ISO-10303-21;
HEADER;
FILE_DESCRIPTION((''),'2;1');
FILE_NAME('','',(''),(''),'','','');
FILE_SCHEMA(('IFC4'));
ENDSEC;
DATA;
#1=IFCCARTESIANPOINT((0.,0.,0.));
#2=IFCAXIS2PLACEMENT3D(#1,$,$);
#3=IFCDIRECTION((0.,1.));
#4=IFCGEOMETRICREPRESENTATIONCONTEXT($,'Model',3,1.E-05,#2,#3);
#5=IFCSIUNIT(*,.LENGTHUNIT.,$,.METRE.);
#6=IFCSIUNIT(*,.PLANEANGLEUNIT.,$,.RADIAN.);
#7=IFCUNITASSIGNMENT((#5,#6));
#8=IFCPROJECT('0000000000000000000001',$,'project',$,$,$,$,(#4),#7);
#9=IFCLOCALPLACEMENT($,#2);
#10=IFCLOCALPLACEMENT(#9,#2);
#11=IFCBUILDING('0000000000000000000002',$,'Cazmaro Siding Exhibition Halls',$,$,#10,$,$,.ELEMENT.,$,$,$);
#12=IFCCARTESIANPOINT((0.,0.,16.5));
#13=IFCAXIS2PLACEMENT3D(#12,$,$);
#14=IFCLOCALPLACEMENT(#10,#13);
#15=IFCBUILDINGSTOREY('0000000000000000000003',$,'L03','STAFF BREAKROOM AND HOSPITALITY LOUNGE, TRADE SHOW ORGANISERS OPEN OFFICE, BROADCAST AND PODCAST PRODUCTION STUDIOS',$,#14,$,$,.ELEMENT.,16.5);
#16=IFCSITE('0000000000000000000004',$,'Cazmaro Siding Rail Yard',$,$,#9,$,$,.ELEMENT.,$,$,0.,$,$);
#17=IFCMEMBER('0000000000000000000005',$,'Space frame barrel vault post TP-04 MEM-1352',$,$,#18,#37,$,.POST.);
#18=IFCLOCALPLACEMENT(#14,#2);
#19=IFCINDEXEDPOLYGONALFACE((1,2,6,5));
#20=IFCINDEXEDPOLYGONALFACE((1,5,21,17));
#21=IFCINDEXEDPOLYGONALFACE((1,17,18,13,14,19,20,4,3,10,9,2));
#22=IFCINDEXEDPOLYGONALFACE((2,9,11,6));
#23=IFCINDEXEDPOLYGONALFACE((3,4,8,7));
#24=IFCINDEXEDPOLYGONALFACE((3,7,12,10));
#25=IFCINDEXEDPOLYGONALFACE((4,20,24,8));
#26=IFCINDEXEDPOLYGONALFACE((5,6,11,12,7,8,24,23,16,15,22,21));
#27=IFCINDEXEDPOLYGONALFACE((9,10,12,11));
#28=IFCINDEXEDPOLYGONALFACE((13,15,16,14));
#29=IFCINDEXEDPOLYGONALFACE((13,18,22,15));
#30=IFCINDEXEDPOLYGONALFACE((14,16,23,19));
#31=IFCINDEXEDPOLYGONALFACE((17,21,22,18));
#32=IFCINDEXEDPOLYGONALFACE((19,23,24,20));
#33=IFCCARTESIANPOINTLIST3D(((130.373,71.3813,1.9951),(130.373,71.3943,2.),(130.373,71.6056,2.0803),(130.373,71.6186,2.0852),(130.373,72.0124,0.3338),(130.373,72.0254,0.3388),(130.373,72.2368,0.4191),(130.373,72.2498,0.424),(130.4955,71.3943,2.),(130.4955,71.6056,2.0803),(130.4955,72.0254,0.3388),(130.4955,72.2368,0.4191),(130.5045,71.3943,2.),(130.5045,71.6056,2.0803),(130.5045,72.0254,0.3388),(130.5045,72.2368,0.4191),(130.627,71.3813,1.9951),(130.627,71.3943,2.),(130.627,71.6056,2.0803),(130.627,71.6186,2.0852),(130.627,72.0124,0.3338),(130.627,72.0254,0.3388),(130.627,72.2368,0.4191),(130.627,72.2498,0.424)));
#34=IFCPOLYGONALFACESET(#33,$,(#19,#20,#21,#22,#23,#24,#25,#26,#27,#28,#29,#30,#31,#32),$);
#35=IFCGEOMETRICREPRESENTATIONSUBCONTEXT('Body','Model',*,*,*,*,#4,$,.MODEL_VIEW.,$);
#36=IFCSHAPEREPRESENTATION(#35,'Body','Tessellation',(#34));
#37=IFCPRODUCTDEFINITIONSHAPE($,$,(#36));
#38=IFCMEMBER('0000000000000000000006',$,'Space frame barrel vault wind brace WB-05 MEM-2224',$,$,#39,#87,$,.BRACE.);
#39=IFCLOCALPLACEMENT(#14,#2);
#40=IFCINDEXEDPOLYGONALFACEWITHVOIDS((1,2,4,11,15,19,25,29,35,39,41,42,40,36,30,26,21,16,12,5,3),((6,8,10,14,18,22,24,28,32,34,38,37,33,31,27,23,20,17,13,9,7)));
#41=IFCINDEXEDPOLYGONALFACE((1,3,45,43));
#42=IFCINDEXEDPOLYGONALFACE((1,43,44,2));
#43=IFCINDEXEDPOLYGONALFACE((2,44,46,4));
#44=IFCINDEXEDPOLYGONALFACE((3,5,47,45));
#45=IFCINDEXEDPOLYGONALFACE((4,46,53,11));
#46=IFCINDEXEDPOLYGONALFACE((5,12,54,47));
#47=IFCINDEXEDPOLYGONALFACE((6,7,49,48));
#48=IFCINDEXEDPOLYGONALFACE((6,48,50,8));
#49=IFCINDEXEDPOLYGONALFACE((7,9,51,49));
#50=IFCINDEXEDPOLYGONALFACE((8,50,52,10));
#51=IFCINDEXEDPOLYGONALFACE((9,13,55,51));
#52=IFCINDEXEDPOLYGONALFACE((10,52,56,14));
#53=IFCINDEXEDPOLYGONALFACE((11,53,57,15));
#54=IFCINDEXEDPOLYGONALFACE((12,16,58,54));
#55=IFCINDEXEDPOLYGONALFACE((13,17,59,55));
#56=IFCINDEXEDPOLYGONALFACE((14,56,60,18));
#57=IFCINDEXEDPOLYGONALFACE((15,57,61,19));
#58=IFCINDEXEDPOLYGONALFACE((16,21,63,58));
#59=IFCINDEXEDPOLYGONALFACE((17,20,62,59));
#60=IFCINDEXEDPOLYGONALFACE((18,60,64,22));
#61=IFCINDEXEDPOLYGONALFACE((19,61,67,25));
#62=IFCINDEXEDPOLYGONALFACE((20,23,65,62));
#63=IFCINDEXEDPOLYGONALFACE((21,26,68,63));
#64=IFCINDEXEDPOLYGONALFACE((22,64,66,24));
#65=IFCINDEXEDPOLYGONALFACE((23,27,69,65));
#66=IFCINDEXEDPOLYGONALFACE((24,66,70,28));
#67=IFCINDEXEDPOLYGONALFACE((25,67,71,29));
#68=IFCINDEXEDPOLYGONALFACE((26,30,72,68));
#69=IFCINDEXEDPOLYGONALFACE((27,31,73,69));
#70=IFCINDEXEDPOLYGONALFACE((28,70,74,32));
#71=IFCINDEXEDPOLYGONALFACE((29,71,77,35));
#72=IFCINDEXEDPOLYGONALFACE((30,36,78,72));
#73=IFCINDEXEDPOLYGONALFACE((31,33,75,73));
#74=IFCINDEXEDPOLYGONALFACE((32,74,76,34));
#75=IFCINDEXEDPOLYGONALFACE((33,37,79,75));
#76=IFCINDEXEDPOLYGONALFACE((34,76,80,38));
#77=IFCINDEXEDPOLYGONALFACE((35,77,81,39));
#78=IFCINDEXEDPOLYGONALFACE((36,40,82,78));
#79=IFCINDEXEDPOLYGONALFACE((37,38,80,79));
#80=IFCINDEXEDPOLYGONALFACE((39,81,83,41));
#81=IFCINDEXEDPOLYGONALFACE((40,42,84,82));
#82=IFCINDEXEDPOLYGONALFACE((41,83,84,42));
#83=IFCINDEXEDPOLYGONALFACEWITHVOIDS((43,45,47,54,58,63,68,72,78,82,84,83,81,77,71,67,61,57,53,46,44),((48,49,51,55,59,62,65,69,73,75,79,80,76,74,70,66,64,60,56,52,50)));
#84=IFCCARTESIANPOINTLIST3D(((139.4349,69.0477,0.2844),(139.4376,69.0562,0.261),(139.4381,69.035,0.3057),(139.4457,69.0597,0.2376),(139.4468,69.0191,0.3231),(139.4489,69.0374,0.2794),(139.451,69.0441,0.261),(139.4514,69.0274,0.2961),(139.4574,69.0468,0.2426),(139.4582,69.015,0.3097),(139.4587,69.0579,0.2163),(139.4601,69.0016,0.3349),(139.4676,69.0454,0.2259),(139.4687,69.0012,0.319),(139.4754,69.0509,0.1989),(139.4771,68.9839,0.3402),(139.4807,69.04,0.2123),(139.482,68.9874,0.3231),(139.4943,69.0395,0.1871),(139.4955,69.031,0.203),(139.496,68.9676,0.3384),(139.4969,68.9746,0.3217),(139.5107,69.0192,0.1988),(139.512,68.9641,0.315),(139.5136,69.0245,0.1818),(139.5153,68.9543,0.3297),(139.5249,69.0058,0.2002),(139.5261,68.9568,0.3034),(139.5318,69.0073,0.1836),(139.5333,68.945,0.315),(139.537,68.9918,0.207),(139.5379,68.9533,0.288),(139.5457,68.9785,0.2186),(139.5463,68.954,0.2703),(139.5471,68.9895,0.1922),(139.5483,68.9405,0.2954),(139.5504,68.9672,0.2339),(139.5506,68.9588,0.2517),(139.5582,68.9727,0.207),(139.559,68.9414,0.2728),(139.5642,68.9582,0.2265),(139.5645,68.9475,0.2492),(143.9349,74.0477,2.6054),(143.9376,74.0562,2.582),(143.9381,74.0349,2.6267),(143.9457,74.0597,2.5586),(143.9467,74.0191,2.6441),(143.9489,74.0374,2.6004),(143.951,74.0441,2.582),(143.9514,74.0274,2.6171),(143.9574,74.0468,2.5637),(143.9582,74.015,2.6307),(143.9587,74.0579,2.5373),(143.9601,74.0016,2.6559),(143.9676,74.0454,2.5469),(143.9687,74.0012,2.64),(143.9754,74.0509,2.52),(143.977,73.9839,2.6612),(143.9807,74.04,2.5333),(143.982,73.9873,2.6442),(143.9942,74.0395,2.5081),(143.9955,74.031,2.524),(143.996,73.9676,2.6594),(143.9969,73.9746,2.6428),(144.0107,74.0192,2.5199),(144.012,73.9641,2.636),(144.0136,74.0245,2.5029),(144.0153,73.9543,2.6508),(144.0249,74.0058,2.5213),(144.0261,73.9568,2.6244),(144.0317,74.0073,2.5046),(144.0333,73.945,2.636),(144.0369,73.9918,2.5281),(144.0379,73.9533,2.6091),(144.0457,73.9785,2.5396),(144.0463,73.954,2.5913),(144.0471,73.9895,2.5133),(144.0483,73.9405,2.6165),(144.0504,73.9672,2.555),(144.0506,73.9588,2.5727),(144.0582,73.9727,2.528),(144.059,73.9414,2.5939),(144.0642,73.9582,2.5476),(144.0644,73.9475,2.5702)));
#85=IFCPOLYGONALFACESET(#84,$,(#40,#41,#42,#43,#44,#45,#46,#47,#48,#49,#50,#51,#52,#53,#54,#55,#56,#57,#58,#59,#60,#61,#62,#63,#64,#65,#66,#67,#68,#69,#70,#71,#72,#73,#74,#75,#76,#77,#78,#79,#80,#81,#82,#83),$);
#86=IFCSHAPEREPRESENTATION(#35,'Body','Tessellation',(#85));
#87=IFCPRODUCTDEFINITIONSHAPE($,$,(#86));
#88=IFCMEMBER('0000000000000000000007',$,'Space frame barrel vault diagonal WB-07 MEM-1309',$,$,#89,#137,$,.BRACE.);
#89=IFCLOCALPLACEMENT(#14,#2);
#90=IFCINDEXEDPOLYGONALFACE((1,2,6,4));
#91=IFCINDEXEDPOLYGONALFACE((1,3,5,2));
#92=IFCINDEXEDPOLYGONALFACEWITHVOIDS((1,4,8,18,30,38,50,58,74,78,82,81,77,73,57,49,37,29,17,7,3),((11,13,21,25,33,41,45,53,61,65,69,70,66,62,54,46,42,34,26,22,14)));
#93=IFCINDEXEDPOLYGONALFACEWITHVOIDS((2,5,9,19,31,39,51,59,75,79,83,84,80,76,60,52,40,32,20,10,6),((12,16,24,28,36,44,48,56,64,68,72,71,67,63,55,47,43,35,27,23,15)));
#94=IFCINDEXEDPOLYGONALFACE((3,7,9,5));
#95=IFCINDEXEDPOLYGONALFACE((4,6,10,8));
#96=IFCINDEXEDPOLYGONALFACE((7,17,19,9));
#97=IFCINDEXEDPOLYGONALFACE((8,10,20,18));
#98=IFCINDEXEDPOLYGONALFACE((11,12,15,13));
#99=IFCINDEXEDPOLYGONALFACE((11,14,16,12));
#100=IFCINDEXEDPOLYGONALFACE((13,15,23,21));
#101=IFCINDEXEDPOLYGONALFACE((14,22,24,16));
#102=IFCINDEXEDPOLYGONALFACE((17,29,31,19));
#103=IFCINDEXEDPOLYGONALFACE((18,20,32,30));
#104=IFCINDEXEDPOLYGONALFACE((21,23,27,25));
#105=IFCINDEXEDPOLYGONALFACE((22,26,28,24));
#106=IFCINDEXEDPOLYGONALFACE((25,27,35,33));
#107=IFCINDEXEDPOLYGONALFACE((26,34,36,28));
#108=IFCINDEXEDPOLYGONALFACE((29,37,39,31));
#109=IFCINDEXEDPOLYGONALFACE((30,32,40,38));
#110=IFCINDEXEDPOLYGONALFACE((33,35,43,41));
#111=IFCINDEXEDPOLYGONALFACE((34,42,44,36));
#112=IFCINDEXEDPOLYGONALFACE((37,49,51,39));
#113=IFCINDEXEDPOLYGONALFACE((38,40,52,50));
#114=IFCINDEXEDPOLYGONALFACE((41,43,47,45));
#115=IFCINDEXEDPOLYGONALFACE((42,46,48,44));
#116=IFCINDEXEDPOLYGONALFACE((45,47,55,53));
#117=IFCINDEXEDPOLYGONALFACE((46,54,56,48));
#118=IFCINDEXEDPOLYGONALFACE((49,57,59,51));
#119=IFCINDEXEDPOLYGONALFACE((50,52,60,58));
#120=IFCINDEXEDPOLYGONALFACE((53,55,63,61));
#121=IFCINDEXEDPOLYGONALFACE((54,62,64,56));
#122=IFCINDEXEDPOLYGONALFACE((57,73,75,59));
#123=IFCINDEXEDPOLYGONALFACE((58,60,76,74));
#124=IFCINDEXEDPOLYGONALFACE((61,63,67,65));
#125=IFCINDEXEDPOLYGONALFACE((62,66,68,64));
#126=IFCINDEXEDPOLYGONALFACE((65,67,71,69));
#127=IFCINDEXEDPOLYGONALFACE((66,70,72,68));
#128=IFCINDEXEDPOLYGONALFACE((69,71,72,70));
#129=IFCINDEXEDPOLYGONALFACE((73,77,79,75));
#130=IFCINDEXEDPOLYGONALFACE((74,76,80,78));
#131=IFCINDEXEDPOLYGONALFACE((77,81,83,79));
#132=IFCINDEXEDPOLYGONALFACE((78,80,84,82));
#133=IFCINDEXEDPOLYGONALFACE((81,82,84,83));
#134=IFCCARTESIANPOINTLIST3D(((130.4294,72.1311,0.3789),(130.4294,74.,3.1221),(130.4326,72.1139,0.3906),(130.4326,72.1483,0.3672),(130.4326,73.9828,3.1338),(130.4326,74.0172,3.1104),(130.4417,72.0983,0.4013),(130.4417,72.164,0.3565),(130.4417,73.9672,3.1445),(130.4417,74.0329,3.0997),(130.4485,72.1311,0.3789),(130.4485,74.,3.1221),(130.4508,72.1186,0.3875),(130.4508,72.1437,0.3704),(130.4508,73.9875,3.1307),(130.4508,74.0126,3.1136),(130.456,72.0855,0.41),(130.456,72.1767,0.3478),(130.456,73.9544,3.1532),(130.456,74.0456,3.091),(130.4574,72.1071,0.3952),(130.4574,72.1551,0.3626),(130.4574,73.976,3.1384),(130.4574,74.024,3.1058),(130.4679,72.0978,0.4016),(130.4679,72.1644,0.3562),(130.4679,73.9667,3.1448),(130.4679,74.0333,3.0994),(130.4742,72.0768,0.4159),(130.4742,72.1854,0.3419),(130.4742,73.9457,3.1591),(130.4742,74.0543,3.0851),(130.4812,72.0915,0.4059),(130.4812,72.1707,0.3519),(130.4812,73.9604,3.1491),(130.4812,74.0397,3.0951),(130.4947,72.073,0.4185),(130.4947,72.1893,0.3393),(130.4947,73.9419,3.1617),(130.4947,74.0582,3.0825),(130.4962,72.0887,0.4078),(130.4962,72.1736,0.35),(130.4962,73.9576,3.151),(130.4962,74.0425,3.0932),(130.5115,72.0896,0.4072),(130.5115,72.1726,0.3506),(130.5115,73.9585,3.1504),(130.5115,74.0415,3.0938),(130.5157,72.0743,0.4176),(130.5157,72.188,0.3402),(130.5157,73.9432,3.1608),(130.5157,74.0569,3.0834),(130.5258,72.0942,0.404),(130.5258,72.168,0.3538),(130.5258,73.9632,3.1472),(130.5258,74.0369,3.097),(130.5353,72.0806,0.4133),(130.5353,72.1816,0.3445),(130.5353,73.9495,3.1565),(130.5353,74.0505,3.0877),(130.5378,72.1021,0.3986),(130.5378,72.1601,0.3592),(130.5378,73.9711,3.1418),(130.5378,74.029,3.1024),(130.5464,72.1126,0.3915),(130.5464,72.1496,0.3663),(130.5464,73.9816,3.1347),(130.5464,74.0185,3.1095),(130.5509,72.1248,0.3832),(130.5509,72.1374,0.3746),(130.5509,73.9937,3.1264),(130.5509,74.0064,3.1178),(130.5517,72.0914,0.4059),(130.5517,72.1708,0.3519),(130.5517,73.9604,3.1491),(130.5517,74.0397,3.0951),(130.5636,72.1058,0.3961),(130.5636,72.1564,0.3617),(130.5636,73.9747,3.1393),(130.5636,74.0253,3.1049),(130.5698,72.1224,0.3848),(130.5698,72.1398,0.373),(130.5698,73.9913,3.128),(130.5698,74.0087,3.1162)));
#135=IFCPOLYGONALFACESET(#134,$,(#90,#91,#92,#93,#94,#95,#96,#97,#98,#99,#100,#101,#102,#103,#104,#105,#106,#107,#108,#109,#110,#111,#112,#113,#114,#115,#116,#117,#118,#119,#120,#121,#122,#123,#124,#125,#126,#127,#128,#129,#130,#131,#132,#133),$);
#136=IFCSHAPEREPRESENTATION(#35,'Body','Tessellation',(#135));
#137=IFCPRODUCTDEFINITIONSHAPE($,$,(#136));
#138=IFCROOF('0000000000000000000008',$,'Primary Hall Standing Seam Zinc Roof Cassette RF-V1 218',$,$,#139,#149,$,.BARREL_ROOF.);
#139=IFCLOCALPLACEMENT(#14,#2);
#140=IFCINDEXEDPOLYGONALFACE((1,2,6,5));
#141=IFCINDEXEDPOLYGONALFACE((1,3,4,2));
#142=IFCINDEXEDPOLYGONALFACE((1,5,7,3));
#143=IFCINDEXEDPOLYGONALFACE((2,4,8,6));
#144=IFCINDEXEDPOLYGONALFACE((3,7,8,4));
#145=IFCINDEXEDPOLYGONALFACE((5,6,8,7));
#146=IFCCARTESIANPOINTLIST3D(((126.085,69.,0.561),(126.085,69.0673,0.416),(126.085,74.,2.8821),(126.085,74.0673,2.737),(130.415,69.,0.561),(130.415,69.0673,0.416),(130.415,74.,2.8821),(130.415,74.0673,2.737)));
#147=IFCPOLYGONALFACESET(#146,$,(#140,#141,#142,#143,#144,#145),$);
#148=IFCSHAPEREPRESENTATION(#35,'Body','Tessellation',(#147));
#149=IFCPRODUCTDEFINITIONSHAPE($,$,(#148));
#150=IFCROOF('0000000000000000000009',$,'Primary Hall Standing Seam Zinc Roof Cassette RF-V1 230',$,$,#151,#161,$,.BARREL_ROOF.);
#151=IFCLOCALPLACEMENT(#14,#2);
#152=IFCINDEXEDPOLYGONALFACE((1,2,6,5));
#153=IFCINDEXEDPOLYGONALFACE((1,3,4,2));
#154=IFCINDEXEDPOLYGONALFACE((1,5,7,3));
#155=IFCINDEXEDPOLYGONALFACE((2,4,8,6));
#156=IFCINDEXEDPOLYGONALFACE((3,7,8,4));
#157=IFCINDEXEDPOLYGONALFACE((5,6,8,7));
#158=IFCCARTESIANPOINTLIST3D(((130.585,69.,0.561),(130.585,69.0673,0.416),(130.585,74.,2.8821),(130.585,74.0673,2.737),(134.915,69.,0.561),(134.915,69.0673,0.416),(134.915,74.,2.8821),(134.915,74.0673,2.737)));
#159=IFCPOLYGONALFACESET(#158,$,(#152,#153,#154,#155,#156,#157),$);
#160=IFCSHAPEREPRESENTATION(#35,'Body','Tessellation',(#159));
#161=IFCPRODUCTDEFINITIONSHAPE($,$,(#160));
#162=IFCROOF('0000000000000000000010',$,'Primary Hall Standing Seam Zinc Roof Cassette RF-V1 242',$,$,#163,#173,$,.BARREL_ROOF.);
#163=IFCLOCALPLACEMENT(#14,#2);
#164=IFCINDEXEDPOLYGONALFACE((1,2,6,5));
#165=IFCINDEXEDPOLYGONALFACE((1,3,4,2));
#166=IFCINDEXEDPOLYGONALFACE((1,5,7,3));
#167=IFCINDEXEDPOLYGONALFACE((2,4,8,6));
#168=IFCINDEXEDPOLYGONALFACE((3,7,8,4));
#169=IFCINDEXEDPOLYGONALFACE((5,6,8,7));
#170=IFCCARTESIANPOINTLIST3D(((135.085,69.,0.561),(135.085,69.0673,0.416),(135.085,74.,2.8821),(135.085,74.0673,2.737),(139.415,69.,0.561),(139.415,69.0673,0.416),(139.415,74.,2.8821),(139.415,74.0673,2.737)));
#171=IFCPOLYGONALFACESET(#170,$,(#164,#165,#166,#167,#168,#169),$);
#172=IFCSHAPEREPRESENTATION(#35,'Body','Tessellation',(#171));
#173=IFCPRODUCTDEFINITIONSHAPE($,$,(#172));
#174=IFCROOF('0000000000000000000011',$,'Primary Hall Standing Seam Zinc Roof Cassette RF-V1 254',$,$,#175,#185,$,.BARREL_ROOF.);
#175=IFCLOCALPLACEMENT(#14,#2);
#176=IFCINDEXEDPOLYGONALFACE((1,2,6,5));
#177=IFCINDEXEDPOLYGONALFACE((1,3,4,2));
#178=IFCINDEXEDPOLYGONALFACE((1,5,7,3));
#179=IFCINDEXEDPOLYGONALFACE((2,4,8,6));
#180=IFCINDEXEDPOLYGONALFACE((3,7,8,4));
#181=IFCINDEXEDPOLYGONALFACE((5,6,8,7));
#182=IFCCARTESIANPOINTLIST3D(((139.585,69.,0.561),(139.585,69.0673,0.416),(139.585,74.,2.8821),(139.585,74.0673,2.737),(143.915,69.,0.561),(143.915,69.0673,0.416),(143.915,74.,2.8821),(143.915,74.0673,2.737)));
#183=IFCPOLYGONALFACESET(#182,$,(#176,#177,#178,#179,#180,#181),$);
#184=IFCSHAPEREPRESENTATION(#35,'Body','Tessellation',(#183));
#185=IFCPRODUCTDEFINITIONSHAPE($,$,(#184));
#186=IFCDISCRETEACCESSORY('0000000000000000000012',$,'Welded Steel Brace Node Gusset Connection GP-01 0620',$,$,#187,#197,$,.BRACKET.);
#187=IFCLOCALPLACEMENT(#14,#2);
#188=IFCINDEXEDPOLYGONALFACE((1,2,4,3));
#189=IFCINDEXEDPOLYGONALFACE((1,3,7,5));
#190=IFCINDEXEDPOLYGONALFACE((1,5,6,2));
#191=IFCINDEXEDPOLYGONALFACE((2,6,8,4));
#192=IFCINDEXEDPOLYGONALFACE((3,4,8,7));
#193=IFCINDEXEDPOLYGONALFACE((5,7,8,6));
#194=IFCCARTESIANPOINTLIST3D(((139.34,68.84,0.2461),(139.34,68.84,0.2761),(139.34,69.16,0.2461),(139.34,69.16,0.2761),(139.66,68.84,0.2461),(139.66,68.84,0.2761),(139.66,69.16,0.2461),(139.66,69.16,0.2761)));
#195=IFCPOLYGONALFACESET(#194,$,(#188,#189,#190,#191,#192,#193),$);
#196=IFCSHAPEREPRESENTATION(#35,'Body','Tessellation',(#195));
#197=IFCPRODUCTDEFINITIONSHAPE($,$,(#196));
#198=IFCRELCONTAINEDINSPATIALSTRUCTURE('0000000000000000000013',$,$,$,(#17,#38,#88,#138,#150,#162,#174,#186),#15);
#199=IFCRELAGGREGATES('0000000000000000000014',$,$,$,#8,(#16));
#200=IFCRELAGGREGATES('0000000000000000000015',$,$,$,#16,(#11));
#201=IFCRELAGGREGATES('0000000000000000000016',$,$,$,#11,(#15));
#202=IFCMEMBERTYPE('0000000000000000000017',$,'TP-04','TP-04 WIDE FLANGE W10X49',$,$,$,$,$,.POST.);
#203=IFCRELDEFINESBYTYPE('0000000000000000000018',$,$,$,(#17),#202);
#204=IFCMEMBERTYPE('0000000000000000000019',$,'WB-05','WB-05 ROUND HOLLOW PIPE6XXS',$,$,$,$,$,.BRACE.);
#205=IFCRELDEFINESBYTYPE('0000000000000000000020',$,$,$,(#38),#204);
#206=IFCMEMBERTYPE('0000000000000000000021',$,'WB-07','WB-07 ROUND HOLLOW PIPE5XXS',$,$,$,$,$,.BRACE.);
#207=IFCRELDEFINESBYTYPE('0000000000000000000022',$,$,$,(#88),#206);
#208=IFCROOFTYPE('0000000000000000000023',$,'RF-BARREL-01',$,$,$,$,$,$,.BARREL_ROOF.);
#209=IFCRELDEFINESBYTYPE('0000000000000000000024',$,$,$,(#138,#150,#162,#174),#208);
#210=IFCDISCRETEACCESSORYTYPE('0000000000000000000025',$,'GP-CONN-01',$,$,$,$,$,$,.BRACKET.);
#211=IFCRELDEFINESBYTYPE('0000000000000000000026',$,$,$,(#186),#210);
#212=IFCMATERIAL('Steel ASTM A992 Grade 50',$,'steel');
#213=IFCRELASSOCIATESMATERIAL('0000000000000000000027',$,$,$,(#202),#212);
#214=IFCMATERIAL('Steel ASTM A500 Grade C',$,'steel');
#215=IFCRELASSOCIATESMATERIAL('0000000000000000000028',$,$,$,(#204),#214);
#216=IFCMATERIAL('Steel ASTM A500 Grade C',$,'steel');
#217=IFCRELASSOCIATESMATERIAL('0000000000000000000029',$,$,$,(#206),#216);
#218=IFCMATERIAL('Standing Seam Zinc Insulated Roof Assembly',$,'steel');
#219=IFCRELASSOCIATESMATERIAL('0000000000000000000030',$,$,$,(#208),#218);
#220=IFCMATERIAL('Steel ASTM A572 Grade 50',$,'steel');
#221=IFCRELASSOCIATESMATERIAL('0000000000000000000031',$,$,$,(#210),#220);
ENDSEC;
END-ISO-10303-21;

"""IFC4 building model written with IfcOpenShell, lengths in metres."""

from ifc_helpers import new_model, si_unit, direction, frame, origin, origin_2d, place, context, subcontext, project, spatial, polyline, rectangle, hollow_circle, i_section, outline, extrude, material, material_profile, profile_set, type_object, element, save


model = new_model("IFC4")

# Units and contexts
model_context = context("Model", 3, precision=1e-05, world=origin(), true_north=direction((0.0, 1.0)))
body_context = subcontext(model_context, "Body", "Model", "MODEL_VIEW")
ifc_project = project(units=[si_unit("LENGTHUNIT", "METRE"), si_unit("PLANEANGLEUNIT", "RADIAN")], contexts=[model_context])

# Site, building, storey
site_placement = place(None, origin())
site = spatial("IfcSite", under=ifc_project, at=site_placement, Name="Cazmaro Siding Rail Yard", CompositionType="ELEMENT", RefElevation=0.0)
building_placement = place(site_placement, origin())
building = spatial("IfcBuilding", under=site, at=building_placement, Name="Cazmaro Siding Exhibition Halls", CompositionType="ELEMENT")
storey_placement = place(building_placement, frame((0.0, 0.0, 16.5)))
storey = spatial("IfcBuildingStorey", under=building, at=storey_placement, Name="L03", Description="STAFF BREAKROOM AND HOSPITALITY LOUNGE, TRADE SHOW ORGANISERS OPEN OFFICE, BROADCAST AND PODCAST PRODUCTION STUDIOS", CompositionType="ELEMENT", Elevation=16.5)

# Members
ifc_material_1 = material(Name="Steel ASTM A992 Grade 50", Category="steel")
ifc_material_profile_1 = material_profile(ifc_material_1, i_section(OverallWidth=0.2539, OverallDepth=0.2539, WebThickness=0.009, FlangeThickness=0.0139, at=origin_2d()), Name="W10X49")
ifc_profile_set_1 = profile_set([ifc_material_profile_1], Name="Steel ASTM A992 Grade 50")
member_type_1 = type_object("IfcMemberType", Name="TP-04", Description="TP-04 WIDE FLANGE W10X49", PredefinedType="POST", material=ifc_profile_set_1)
member_1_placement = place(storey_placement, frame((130.5, 72.1311, 0.3789), z_axis=(0.0, -0.355155, 0.934807), x_axis=(1.0, 0.0, 0.0)))
element("IfcMember", 1, at=member_1_placement, inside=storey, type_object=member_type_1, Name="Space frame barrel vault post TP-04 MEM-1352", PredefinedType="POST", context=body_context, shape_type="SweptSolid", body=[
    extrude(i_section(OverallWidth=0.2539, OverallDepth=0.2539, WebThickness=0.009, FlangeThickness=0.0139, at=origin_2d()), origin(), (0.0, 0.0, 1.0), 1.7771),
])
ifc_material_2 = material(Name="Steel ASTM A500 Grade C", Category="steel")
ifc_material_profile_2 = material_profile(ifc_material_2, hollow_circle(Radius=0.084, WallThickness=0.0181, at=origin_2d()), Name="PIPE6XXS")
ifc_profile_set_2 = profile_set([ifc_material_profile_2], Name="Steel ASTM A500 Grade C")
member_type_2 = type_object("IfcMemberType", Name="WB-05", Description="WB-05 ROUND HOLLOW PIPE6XXS", PredefinedType="BRACE", material=ifc_profile_set_2)
member_2_placement = place(storey_placement, frame((139.5, 69.0, 0.261), z_axis=(0.632379, 0.702643, 0.326173), x_axis=(-0.743294, 0.668965, 0.0)))
element("IfcMember", 2, at=member_2_placement, inside=storey, type_object=member_type_2, Name="Space frame barrel vault wind brace WB-05 MEM-2224", PredefinedType="BRACE", context=body_context, shape_type="SweptSolid", body=[
    extrude(hollow_circle(Radius=0.084, WallThickness=0.0181, at=origin_2d()), origin(), (0.0, 0.0, 1.0), 7.116),
])
ifc_material_3 = material(Name="Steel ASTM A500 Grade C", Category="steel")
ifc_material_profile_3 = material_profile(ifc_material_3, hollow_circle(Radius=0.0706, WallThickness=0.019, at=origin_2d()), Name="PIPE5XXS")
ifc_profile_set_3 = profile_set([ifc_material_profile_3], Name="Steel ASTM A500 Grade C")
member_type_3 = type_object("IfcMemberType", Name="WB-07", Description="WB-07 ROUND HOLLOW PIPE5XXS", PredefinedType="BRACE", material=ifc_profile_set_3)
member_3_placement = place(storey_placement, frame((130.5, 72.1311, 0.3789), z_axis=(0.0, 0.56304, 0.82643), x_axis=(-1.0, 0.0, 0.0)))
element("IfcMember", 3, at=member_3_placement, inside=storey, type_object=member_type_3, Name="Space frame barrel vault diagonal WB-07 MEM-1309", PredefinedType="BRACE", context=body_context, shape_type="SweptSolid", body=[
    extrude(hollow_circle(Radius=0.0706, WallThickness=0.019, at=origin_2d()), origin(), (0.0, 0.0, 1.0), 3.3193),
])

# Roofs
ifc_material_4 = material(Name="Standing Seam Zinc Insulated Roof Assembly", Category="steel")
roof_type = type_object("IfcRoofType", Name="RF-BARREL-01", PredefinedType="BARREL_ROOF", material=ifc_material_4)
for number, where, z_axis, x_axis, name in (
    (4, (126.085, 69.0, 0.561), (0.0, -0.421054, 0.907036), (1.0, 0.0, 0.0), "Primary Hall Standing Seam Zinc Roof Cassette RF-V1 218"),
    (5, (130.585, 69.0, 0.561), (0.0, -0.421054, 0.907036), (1.0, 0.0, 0.0), "Primary Hall Standing Seam Zinc Roof Cassette RF-V1 230"),
    (6, (135.085, 69.0, 0.561), (0.0, -0.421054, 0.907036), (1.0, 0.0, 0.0), "Primary Hall Standing Seam Zinc Roof Cassette RF-V1 242"),
    (7, (139.585, 69.0, 0.561), (0.0, -0.421054, 0.907036), (1.0, 0.0, 0.0), "Primary Hall Standing Seam Zinc Roof Cassette RF-V1 254"),
):
    element("IfcRoof", number, at=place(storey_placement, frame(where, z_axis=z_axis, x_axis=x_axis)), inside=storey, type_object=roof_type, Name=name, PredefinedType="BARREL_ROOF", context=body_context, shape_type="SweptSolid", body=[
        extrude(outline(polyline([(0.0, 0.0), (4.3301, 0.0), (4.3301, 5.5125), (0.0, 5.5125), (0.0, 0.0)])), origin(), (0.0, 0.0, -1.0), 0.1599),
    ])

# Discrete accessory
ifc_material_5 = material(Name="Steel ASTM A572 Grade 50", Category="steel")
discrete_accessory_type = type_object("IfcDiscreteAccessoryType", Name="GP-CONN-01", PredefinedType="BRACKET", material=ifc_material_5)
discrete_accessory_placement = place(storey_placement, frame((139.5, 69.0, 0.2461), z_axis=(0.0, 0.0, 1.0), x_axis=(1.0, 0.0, 0.0)))
element("IfcDiscreteAccessory", 8, at=discrete_accessory_placement, inside=storey, type_object=discrete_accessory_type, Name="Welded Steel Brace Node Gusset Connection GP-01 0620", PredefinedType="BRACKET", context=body_context, shape_type="SweptSolid", body=[
    extrude(rectangle(XDim=0.3201, YDim=0.3201, at=origin_2d()), origin(), (0.0, 0.0, 1.0), 0.03),
])

save(model, "model.ifc")
